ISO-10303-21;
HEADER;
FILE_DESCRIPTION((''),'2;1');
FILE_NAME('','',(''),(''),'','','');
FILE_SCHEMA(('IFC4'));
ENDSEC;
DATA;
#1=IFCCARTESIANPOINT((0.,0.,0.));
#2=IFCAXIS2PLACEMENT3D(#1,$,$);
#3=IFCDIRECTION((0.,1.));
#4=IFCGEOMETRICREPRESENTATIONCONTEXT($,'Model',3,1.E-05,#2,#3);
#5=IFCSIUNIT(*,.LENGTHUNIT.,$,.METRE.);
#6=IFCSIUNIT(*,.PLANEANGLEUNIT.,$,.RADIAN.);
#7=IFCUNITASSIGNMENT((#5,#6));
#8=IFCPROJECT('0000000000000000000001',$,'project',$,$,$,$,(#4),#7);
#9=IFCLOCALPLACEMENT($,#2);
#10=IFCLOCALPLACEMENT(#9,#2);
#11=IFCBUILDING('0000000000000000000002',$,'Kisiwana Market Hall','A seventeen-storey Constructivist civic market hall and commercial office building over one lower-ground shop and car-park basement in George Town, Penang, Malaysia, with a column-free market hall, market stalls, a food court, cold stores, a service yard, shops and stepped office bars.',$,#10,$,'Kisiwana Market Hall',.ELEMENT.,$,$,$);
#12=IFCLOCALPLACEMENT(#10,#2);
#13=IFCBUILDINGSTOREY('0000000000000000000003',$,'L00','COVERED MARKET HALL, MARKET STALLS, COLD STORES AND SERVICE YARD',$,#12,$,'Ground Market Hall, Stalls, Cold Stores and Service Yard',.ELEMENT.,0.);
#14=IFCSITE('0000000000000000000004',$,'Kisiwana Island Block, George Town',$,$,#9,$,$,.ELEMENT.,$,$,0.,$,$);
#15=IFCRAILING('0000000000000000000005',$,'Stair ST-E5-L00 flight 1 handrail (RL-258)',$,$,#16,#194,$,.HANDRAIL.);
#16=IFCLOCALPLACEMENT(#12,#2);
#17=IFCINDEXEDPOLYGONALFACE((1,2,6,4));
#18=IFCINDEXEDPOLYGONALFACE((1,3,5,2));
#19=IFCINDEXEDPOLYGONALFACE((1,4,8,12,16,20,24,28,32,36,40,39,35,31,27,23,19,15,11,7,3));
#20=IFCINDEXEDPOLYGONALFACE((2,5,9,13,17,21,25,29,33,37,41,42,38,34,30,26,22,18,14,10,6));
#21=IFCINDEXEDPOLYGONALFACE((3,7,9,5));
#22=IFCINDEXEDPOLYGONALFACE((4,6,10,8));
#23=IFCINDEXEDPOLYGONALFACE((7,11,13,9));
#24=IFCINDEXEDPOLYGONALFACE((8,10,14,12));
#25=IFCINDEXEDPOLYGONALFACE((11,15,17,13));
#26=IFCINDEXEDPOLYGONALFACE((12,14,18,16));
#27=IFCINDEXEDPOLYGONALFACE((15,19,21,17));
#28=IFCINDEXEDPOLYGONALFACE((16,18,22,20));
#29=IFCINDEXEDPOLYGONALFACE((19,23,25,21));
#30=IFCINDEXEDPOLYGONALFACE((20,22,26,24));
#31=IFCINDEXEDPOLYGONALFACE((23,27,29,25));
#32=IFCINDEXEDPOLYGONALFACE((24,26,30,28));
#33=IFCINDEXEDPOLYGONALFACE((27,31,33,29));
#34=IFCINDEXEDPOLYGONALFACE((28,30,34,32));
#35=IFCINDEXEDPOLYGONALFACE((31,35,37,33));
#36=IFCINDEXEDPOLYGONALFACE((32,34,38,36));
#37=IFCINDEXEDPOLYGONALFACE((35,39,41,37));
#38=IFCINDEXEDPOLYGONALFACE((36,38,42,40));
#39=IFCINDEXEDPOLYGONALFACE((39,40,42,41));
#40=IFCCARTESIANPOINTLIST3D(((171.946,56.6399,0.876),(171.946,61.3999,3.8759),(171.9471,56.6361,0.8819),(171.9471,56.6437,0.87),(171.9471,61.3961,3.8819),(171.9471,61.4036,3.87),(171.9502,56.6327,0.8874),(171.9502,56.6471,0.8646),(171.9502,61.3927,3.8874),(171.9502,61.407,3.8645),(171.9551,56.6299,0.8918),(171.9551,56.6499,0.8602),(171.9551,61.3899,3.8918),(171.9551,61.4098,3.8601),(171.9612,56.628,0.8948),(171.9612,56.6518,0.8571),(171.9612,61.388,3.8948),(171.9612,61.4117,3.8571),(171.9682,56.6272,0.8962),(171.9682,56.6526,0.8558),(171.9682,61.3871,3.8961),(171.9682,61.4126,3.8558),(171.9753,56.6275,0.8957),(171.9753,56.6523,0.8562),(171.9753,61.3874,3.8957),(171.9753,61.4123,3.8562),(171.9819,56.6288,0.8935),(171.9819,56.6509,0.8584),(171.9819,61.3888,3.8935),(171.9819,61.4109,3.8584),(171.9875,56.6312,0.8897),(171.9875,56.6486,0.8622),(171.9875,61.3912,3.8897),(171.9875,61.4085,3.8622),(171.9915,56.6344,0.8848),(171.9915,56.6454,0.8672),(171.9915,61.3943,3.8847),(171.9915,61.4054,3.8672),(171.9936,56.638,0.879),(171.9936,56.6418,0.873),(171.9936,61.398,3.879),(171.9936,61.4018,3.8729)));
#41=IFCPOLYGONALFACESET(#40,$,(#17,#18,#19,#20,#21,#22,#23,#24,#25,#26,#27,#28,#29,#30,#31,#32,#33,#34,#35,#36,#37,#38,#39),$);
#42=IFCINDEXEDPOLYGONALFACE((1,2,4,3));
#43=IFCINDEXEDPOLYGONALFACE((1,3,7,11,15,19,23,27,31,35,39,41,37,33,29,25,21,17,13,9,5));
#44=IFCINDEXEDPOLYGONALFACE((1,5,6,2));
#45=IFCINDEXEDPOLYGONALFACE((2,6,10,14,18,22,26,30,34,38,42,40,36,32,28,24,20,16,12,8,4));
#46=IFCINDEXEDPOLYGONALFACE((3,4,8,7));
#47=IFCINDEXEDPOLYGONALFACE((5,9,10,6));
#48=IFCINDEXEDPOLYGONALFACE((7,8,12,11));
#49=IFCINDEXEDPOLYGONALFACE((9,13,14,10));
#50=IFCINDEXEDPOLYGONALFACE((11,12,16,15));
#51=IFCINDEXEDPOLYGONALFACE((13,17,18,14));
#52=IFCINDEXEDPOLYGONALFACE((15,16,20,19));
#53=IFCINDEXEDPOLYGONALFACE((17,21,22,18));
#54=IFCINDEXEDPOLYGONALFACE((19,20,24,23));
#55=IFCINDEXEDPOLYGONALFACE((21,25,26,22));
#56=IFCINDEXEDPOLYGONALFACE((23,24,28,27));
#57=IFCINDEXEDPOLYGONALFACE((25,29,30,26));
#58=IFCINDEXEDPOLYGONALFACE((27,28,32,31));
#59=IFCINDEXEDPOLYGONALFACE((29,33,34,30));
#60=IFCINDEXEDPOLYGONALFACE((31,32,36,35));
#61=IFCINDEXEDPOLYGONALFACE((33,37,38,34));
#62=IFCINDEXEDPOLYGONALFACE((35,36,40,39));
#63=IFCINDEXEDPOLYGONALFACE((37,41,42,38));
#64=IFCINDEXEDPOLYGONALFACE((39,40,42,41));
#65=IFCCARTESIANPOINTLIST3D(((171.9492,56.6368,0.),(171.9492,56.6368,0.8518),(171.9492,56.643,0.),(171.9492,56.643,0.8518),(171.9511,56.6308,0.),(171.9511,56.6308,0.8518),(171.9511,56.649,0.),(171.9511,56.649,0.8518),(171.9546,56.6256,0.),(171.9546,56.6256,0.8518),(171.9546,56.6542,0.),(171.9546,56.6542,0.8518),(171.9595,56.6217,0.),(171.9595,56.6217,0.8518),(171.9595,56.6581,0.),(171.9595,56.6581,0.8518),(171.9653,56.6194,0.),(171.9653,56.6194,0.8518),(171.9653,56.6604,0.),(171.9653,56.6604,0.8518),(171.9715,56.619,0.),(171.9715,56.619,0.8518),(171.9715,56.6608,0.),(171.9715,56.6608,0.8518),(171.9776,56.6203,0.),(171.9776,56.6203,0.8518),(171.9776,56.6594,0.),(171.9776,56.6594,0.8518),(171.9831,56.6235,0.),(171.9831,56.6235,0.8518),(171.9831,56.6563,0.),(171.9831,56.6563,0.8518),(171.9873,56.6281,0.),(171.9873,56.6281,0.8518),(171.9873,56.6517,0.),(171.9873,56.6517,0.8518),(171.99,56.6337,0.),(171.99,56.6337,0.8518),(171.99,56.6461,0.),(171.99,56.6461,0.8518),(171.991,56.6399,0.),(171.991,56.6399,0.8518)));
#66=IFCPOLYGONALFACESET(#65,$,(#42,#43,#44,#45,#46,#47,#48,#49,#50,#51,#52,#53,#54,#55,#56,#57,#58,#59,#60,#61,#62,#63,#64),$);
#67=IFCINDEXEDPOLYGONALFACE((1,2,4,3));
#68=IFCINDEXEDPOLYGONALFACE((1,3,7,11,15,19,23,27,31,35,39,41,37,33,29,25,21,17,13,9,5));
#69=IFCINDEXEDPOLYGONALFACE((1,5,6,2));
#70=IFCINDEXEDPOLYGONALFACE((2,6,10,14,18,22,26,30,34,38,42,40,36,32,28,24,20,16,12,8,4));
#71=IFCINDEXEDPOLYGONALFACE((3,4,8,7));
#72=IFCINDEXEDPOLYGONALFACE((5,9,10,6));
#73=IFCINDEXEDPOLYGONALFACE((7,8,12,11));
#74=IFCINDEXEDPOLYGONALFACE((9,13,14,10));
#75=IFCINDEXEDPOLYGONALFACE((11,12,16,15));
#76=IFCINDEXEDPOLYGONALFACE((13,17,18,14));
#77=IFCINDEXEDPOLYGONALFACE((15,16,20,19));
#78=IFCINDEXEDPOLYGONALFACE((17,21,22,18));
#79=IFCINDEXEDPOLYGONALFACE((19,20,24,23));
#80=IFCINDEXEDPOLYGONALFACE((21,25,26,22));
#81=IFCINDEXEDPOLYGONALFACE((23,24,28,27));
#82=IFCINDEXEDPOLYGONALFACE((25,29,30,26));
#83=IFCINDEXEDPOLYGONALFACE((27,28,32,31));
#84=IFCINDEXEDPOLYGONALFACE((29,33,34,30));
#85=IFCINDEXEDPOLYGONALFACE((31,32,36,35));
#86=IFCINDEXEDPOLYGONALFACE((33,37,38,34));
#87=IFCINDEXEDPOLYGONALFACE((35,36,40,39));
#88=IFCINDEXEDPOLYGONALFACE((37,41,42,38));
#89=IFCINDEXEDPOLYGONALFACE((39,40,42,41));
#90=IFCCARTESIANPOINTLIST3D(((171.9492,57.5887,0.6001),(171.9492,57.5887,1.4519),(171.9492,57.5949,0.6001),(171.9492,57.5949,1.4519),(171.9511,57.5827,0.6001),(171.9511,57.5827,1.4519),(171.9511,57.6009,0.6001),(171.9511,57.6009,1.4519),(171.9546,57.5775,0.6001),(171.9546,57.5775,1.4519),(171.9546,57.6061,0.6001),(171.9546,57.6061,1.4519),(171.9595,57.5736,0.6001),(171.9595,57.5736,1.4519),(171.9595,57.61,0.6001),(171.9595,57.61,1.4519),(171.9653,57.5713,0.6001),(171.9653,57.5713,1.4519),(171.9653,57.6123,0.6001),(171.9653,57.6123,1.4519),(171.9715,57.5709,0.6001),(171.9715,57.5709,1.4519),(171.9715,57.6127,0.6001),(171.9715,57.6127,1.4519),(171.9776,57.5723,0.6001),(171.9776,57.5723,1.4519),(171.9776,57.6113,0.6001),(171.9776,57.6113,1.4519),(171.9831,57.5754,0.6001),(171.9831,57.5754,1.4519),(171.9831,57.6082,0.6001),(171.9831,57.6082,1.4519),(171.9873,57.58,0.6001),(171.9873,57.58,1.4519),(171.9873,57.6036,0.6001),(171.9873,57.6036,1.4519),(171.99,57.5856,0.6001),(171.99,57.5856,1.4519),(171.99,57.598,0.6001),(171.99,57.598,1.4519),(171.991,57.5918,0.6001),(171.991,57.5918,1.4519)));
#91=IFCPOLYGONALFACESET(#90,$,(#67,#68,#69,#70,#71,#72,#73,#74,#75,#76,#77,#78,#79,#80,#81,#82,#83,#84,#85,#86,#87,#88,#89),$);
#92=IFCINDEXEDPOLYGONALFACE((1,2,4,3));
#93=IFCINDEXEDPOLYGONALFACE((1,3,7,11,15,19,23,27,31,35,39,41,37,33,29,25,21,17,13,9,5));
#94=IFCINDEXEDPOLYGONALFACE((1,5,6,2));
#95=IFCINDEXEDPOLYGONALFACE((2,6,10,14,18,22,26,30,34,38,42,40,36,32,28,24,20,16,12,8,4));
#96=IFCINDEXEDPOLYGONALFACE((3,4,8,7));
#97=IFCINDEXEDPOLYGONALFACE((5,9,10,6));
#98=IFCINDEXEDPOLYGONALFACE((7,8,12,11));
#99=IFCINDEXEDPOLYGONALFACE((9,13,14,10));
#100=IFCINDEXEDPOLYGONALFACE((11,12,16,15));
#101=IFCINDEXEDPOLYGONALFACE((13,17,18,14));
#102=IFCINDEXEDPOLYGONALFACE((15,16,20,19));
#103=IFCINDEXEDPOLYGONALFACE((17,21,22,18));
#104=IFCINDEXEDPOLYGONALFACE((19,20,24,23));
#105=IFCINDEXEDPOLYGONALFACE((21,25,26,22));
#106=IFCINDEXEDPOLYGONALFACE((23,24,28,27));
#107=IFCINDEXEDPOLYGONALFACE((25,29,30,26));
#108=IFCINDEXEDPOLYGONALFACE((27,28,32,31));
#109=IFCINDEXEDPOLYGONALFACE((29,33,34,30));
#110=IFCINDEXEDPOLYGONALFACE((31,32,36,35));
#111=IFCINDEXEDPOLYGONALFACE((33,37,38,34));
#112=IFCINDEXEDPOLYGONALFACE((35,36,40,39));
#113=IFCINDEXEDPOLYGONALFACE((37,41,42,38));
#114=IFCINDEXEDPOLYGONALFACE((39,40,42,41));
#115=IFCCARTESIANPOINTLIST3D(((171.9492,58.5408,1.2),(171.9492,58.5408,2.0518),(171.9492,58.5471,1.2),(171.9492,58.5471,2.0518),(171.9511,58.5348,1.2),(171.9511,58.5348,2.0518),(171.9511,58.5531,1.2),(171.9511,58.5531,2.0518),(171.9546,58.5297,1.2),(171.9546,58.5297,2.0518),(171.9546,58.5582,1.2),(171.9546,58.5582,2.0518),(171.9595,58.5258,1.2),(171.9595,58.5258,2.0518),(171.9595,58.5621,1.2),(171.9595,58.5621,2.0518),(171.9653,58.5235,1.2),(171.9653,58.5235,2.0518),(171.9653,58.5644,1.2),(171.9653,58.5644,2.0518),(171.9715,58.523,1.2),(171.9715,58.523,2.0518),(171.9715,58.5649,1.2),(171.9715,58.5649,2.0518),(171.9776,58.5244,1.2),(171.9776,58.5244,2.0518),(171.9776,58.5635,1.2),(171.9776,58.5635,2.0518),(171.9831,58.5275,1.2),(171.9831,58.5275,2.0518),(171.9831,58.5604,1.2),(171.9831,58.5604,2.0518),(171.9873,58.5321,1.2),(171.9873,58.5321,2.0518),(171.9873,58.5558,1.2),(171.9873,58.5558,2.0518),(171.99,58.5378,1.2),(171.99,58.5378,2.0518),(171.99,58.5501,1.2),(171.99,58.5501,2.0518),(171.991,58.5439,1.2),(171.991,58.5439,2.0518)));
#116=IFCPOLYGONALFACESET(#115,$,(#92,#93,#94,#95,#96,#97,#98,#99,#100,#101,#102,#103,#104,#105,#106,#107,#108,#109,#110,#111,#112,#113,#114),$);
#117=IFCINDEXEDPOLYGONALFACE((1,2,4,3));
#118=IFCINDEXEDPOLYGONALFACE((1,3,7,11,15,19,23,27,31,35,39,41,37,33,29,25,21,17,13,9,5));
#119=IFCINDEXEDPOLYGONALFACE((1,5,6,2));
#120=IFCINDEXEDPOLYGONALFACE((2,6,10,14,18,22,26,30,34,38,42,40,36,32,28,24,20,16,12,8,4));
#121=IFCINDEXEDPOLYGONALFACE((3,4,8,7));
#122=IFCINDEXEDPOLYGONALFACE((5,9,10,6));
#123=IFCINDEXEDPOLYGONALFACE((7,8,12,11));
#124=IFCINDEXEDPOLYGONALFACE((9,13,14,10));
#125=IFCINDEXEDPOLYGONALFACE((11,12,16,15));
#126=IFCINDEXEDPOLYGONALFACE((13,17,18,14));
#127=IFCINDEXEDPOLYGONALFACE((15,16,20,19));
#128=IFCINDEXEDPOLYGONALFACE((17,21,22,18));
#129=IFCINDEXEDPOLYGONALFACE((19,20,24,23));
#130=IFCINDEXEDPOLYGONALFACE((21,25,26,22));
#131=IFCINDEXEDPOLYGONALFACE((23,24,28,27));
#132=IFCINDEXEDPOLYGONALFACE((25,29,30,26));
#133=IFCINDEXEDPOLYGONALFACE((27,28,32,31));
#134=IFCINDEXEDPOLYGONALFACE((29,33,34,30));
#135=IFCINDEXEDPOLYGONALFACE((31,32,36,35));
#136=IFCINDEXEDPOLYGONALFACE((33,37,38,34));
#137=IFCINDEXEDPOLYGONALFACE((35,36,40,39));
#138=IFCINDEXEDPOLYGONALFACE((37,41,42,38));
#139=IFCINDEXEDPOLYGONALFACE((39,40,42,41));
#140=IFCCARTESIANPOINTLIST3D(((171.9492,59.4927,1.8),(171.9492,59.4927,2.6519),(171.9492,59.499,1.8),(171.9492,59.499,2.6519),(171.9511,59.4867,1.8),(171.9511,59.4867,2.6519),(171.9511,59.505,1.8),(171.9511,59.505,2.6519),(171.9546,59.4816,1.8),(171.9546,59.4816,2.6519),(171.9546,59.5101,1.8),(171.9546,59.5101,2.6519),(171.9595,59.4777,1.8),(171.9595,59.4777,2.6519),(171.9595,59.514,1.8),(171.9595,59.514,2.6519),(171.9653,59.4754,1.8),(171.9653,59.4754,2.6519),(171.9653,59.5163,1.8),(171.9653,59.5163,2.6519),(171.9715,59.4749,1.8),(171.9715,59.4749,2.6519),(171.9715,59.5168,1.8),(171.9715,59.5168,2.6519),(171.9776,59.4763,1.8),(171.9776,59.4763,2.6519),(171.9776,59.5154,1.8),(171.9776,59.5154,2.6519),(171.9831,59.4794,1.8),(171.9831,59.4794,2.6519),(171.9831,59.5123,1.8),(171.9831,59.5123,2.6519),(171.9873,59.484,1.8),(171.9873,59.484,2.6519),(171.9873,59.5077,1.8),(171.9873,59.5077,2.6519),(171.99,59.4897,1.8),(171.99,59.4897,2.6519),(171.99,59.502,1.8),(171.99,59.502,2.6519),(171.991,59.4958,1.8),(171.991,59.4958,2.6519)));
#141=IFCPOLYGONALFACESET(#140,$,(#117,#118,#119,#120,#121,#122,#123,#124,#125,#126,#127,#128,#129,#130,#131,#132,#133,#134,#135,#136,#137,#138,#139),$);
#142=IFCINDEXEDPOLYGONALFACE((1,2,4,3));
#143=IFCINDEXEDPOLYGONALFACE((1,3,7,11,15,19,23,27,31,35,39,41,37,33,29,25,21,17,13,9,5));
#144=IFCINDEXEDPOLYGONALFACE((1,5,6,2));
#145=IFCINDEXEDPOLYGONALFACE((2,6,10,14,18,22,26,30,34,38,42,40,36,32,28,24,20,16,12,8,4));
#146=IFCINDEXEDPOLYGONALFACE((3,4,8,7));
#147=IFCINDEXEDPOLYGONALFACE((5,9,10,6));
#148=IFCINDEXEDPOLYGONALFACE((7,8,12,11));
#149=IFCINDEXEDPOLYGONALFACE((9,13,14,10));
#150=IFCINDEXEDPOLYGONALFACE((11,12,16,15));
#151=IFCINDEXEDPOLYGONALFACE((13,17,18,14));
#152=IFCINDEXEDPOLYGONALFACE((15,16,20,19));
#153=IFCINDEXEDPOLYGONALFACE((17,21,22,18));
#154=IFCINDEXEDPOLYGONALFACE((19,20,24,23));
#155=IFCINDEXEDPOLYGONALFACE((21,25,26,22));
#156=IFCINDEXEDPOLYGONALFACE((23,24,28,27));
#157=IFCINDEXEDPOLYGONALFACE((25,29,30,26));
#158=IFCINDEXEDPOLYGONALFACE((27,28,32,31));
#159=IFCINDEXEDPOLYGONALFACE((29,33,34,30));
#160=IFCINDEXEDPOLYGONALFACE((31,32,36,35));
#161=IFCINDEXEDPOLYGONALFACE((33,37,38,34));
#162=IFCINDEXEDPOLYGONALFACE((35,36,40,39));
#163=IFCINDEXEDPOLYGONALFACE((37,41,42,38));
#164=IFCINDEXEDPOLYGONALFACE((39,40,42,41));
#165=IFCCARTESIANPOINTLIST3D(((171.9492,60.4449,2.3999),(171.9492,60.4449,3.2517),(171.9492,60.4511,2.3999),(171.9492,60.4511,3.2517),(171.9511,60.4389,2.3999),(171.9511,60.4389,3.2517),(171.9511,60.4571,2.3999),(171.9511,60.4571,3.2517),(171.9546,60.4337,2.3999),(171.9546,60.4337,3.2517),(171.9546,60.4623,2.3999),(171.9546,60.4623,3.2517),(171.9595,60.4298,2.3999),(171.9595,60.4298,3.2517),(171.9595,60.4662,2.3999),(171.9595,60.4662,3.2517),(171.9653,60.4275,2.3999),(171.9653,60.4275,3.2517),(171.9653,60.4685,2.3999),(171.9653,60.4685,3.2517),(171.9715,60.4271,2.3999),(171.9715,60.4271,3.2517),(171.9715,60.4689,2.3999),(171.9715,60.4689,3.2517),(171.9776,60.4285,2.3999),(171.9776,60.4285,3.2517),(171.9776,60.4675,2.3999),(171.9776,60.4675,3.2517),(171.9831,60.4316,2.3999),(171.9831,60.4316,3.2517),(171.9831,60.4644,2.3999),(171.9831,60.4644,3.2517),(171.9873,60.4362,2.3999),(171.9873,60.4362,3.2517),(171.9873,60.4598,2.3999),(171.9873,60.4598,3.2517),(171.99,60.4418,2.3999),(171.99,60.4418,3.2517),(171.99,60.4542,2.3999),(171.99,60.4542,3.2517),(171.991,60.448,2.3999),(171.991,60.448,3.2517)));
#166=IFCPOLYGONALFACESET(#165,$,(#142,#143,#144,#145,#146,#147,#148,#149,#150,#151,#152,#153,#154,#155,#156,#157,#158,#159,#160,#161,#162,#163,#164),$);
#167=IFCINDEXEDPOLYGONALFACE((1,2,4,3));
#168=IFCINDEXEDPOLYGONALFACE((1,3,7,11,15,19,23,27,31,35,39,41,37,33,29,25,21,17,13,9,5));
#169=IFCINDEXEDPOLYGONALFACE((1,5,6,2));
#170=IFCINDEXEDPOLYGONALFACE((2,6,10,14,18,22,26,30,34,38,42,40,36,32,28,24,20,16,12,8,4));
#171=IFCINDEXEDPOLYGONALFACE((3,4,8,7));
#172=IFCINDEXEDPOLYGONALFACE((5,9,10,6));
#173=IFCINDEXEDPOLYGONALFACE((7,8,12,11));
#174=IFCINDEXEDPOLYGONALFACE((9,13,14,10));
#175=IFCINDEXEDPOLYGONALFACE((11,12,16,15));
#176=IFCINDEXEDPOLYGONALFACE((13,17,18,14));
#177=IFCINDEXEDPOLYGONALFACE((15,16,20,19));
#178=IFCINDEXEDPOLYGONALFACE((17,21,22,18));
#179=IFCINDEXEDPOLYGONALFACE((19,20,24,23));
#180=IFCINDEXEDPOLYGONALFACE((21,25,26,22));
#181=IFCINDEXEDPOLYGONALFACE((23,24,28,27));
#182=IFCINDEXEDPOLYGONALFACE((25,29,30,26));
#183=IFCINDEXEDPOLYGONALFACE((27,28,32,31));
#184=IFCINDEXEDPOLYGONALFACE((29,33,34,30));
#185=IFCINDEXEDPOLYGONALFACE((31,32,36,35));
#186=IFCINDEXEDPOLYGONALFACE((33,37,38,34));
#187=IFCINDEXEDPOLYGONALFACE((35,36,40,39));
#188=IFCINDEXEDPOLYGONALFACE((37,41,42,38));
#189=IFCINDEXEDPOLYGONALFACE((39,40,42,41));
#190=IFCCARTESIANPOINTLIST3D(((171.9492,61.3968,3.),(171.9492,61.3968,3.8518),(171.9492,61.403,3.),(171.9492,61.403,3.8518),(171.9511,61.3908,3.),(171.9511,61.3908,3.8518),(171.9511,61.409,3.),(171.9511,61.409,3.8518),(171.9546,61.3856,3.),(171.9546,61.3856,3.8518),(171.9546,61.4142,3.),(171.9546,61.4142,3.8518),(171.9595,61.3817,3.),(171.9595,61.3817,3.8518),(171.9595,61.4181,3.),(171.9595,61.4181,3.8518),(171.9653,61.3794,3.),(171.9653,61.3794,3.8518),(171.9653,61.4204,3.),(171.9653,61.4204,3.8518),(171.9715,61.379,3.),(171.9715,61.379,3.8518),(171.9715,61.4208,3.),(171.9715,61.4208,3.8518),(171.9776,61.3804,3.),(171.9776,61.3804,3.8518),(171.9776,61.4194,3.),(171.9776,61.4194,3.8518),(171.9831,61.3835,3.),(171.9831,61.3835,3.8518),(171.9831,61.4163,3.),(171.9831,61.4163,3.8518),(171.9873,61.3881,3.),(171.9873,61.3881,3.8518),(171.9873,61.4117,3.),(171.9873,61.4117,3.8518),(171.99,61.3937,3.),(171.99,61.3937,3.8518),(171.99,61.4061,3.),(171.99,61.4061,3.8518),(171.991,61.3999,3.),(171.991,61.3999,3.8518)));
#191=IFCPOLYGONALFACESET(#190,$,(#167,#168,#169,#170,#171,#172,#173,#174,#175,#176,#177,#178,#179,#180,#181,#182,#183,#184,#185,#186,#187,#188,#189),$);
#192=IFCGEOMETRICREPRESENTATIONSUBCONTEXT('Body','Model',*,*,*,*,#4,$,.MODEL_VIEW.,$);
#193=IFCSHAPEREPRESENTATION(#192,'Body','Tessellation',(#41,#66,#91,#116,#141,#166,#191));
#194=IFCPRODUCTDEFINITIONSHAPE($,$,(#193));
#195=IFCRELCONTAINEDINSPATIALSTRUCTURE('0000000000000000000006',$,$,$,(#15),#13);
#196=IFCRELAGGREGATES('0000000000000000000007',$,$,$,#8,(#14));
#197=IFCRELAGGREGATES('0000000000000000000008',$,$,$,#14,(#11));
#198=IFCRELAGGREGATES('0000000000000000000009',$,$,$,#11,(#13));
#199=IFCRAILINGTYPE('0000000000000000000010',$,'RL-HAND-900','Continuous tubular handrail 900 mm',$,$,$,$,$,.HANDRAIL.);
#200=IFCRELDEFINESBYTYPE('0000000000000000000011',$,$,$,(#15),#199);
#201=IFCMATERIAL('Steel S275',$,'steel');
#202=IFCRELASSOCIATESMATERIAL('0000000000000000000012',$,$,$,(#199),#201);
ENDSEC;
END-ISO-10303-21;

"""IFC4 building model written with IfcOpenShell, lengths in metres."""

from ifc_helpers import new_model, si_unit, direction, frame, origin, origin_2d, place, context, subcontext, project, spatial, circle, extrude, material, type_object, element, save


model = new_model("IFC4")

# Units and contexts
model_context = context("Model", 3, precision=1e-05, world=origin(), true_north=direction((0.0, 1.0)))
body_context = subcontext(model_context, "Body", "Model", "MODEL_VIEW")
ifc_project = project(units=[si_unit("LENGTHUNIT", "METRE"), si_unit("PLANEANGLEUNIT", "RADIAN")], contexts=[model_context])

# Site, building, storey
site_placement = place(None, origin())
site = spatial("IfcSite", under=ifc_project, at=site_placement, Name="Kisiwana Island Block, George Town", CompositionType="ELEMENT", RefElevation=0.0)
building_placement = place(site_placement, origin())
building = spatial("IfcBuilding", under=site, at=building_placement, Name="Kisiwana Market Hall", Description="A seventeen-storey Constructivist civic market hall and commercial office building over one lower-ground shop and car-park basement in George Town, Penang, Malaysia, with a column-free market hall, market stalls, a food court, cold stores, a service yard, shops and stepped office bars.", LongName="Kisiwana Market Hall", CompositionType="ELEMENT")
storey_placement = place(building_placement, origin())
storey = spatial("IfcBuildingStorey", under=building, at=storey_placement, Name="L00", Description="COVERED MARKET HALL, MARKET STALLS, COLD STORES AND SERVICE YARD", LongName="Ground Market Hall, Stalls, Cold Stores and Service Yard", CompositionType="ELEMENT", Elevation=0.0)

# Railing
ifc_material_1 = material(Name="Steel S275", Category="steel")
railing_type_1 = type_object("IfcRailingType", Name="RL-HAND-900", Description="Continuous tubular handrail 900 mm", PredefinedType="HANDRAIL", material=ifc_material_1)
for number, where, name in (
    (1, (171.97, 56.6399, 0.0), "Stair ST-E5-L00 flight 1 handrail (RL-258)"),
):
    element("IfcRailing", number, at=place(storey_placement, frame(where)), inside=storey, type_object=railing_type_1, Name=name, PredefinedType="HANDRAIL", context=body_context, shape_type="SweptSolid", body=[
        extrude(circle(Radius=0.0239, at=origin_2d()), frame((0.0, 0.0, 0.876), z_axis=(0.0, 0.845996, 0.53319), x_axis=(-1.0, 0.0, 0.0)), (0.0, 0.0, 1.0), 5.6265),
        extrude(circle(Radius=0.021, at=origin_2d()), origin(), (0.0, 0.0, 1.0), 0.8518),
        extrude(circle(Radius=0.021, at=origin_2d()), frame((0.0, 0.9519, 0.6001)), (0.0, 0.0, 1.0), 0.8518),
        extrude(circle(Radius=0.021, at=origin_2d()), frame((0.0, 1.9041, 1.2)), (0.0, 0.0, 1.0), 0.8518),
        extrude(circle(Radius=0.021, at=origin_2d()), frame((0.0, 2.856, 1.8)), (0.0, 0.0, 1.0), 0.8518),
        extrude(circle(Radius=0.021, at=origin_2d()), frame((0.0, 3.8081, 2.3999)), (0.0, 0.0, 1.0), 0.8518),
        extrude(circle(Radius=0.021, at=origin_2d()), frame((0.0, 4.76, 3.0)), (0.0, 0.0, 1.0), 0.8518),
    ])

save(model, "model.ifc")
